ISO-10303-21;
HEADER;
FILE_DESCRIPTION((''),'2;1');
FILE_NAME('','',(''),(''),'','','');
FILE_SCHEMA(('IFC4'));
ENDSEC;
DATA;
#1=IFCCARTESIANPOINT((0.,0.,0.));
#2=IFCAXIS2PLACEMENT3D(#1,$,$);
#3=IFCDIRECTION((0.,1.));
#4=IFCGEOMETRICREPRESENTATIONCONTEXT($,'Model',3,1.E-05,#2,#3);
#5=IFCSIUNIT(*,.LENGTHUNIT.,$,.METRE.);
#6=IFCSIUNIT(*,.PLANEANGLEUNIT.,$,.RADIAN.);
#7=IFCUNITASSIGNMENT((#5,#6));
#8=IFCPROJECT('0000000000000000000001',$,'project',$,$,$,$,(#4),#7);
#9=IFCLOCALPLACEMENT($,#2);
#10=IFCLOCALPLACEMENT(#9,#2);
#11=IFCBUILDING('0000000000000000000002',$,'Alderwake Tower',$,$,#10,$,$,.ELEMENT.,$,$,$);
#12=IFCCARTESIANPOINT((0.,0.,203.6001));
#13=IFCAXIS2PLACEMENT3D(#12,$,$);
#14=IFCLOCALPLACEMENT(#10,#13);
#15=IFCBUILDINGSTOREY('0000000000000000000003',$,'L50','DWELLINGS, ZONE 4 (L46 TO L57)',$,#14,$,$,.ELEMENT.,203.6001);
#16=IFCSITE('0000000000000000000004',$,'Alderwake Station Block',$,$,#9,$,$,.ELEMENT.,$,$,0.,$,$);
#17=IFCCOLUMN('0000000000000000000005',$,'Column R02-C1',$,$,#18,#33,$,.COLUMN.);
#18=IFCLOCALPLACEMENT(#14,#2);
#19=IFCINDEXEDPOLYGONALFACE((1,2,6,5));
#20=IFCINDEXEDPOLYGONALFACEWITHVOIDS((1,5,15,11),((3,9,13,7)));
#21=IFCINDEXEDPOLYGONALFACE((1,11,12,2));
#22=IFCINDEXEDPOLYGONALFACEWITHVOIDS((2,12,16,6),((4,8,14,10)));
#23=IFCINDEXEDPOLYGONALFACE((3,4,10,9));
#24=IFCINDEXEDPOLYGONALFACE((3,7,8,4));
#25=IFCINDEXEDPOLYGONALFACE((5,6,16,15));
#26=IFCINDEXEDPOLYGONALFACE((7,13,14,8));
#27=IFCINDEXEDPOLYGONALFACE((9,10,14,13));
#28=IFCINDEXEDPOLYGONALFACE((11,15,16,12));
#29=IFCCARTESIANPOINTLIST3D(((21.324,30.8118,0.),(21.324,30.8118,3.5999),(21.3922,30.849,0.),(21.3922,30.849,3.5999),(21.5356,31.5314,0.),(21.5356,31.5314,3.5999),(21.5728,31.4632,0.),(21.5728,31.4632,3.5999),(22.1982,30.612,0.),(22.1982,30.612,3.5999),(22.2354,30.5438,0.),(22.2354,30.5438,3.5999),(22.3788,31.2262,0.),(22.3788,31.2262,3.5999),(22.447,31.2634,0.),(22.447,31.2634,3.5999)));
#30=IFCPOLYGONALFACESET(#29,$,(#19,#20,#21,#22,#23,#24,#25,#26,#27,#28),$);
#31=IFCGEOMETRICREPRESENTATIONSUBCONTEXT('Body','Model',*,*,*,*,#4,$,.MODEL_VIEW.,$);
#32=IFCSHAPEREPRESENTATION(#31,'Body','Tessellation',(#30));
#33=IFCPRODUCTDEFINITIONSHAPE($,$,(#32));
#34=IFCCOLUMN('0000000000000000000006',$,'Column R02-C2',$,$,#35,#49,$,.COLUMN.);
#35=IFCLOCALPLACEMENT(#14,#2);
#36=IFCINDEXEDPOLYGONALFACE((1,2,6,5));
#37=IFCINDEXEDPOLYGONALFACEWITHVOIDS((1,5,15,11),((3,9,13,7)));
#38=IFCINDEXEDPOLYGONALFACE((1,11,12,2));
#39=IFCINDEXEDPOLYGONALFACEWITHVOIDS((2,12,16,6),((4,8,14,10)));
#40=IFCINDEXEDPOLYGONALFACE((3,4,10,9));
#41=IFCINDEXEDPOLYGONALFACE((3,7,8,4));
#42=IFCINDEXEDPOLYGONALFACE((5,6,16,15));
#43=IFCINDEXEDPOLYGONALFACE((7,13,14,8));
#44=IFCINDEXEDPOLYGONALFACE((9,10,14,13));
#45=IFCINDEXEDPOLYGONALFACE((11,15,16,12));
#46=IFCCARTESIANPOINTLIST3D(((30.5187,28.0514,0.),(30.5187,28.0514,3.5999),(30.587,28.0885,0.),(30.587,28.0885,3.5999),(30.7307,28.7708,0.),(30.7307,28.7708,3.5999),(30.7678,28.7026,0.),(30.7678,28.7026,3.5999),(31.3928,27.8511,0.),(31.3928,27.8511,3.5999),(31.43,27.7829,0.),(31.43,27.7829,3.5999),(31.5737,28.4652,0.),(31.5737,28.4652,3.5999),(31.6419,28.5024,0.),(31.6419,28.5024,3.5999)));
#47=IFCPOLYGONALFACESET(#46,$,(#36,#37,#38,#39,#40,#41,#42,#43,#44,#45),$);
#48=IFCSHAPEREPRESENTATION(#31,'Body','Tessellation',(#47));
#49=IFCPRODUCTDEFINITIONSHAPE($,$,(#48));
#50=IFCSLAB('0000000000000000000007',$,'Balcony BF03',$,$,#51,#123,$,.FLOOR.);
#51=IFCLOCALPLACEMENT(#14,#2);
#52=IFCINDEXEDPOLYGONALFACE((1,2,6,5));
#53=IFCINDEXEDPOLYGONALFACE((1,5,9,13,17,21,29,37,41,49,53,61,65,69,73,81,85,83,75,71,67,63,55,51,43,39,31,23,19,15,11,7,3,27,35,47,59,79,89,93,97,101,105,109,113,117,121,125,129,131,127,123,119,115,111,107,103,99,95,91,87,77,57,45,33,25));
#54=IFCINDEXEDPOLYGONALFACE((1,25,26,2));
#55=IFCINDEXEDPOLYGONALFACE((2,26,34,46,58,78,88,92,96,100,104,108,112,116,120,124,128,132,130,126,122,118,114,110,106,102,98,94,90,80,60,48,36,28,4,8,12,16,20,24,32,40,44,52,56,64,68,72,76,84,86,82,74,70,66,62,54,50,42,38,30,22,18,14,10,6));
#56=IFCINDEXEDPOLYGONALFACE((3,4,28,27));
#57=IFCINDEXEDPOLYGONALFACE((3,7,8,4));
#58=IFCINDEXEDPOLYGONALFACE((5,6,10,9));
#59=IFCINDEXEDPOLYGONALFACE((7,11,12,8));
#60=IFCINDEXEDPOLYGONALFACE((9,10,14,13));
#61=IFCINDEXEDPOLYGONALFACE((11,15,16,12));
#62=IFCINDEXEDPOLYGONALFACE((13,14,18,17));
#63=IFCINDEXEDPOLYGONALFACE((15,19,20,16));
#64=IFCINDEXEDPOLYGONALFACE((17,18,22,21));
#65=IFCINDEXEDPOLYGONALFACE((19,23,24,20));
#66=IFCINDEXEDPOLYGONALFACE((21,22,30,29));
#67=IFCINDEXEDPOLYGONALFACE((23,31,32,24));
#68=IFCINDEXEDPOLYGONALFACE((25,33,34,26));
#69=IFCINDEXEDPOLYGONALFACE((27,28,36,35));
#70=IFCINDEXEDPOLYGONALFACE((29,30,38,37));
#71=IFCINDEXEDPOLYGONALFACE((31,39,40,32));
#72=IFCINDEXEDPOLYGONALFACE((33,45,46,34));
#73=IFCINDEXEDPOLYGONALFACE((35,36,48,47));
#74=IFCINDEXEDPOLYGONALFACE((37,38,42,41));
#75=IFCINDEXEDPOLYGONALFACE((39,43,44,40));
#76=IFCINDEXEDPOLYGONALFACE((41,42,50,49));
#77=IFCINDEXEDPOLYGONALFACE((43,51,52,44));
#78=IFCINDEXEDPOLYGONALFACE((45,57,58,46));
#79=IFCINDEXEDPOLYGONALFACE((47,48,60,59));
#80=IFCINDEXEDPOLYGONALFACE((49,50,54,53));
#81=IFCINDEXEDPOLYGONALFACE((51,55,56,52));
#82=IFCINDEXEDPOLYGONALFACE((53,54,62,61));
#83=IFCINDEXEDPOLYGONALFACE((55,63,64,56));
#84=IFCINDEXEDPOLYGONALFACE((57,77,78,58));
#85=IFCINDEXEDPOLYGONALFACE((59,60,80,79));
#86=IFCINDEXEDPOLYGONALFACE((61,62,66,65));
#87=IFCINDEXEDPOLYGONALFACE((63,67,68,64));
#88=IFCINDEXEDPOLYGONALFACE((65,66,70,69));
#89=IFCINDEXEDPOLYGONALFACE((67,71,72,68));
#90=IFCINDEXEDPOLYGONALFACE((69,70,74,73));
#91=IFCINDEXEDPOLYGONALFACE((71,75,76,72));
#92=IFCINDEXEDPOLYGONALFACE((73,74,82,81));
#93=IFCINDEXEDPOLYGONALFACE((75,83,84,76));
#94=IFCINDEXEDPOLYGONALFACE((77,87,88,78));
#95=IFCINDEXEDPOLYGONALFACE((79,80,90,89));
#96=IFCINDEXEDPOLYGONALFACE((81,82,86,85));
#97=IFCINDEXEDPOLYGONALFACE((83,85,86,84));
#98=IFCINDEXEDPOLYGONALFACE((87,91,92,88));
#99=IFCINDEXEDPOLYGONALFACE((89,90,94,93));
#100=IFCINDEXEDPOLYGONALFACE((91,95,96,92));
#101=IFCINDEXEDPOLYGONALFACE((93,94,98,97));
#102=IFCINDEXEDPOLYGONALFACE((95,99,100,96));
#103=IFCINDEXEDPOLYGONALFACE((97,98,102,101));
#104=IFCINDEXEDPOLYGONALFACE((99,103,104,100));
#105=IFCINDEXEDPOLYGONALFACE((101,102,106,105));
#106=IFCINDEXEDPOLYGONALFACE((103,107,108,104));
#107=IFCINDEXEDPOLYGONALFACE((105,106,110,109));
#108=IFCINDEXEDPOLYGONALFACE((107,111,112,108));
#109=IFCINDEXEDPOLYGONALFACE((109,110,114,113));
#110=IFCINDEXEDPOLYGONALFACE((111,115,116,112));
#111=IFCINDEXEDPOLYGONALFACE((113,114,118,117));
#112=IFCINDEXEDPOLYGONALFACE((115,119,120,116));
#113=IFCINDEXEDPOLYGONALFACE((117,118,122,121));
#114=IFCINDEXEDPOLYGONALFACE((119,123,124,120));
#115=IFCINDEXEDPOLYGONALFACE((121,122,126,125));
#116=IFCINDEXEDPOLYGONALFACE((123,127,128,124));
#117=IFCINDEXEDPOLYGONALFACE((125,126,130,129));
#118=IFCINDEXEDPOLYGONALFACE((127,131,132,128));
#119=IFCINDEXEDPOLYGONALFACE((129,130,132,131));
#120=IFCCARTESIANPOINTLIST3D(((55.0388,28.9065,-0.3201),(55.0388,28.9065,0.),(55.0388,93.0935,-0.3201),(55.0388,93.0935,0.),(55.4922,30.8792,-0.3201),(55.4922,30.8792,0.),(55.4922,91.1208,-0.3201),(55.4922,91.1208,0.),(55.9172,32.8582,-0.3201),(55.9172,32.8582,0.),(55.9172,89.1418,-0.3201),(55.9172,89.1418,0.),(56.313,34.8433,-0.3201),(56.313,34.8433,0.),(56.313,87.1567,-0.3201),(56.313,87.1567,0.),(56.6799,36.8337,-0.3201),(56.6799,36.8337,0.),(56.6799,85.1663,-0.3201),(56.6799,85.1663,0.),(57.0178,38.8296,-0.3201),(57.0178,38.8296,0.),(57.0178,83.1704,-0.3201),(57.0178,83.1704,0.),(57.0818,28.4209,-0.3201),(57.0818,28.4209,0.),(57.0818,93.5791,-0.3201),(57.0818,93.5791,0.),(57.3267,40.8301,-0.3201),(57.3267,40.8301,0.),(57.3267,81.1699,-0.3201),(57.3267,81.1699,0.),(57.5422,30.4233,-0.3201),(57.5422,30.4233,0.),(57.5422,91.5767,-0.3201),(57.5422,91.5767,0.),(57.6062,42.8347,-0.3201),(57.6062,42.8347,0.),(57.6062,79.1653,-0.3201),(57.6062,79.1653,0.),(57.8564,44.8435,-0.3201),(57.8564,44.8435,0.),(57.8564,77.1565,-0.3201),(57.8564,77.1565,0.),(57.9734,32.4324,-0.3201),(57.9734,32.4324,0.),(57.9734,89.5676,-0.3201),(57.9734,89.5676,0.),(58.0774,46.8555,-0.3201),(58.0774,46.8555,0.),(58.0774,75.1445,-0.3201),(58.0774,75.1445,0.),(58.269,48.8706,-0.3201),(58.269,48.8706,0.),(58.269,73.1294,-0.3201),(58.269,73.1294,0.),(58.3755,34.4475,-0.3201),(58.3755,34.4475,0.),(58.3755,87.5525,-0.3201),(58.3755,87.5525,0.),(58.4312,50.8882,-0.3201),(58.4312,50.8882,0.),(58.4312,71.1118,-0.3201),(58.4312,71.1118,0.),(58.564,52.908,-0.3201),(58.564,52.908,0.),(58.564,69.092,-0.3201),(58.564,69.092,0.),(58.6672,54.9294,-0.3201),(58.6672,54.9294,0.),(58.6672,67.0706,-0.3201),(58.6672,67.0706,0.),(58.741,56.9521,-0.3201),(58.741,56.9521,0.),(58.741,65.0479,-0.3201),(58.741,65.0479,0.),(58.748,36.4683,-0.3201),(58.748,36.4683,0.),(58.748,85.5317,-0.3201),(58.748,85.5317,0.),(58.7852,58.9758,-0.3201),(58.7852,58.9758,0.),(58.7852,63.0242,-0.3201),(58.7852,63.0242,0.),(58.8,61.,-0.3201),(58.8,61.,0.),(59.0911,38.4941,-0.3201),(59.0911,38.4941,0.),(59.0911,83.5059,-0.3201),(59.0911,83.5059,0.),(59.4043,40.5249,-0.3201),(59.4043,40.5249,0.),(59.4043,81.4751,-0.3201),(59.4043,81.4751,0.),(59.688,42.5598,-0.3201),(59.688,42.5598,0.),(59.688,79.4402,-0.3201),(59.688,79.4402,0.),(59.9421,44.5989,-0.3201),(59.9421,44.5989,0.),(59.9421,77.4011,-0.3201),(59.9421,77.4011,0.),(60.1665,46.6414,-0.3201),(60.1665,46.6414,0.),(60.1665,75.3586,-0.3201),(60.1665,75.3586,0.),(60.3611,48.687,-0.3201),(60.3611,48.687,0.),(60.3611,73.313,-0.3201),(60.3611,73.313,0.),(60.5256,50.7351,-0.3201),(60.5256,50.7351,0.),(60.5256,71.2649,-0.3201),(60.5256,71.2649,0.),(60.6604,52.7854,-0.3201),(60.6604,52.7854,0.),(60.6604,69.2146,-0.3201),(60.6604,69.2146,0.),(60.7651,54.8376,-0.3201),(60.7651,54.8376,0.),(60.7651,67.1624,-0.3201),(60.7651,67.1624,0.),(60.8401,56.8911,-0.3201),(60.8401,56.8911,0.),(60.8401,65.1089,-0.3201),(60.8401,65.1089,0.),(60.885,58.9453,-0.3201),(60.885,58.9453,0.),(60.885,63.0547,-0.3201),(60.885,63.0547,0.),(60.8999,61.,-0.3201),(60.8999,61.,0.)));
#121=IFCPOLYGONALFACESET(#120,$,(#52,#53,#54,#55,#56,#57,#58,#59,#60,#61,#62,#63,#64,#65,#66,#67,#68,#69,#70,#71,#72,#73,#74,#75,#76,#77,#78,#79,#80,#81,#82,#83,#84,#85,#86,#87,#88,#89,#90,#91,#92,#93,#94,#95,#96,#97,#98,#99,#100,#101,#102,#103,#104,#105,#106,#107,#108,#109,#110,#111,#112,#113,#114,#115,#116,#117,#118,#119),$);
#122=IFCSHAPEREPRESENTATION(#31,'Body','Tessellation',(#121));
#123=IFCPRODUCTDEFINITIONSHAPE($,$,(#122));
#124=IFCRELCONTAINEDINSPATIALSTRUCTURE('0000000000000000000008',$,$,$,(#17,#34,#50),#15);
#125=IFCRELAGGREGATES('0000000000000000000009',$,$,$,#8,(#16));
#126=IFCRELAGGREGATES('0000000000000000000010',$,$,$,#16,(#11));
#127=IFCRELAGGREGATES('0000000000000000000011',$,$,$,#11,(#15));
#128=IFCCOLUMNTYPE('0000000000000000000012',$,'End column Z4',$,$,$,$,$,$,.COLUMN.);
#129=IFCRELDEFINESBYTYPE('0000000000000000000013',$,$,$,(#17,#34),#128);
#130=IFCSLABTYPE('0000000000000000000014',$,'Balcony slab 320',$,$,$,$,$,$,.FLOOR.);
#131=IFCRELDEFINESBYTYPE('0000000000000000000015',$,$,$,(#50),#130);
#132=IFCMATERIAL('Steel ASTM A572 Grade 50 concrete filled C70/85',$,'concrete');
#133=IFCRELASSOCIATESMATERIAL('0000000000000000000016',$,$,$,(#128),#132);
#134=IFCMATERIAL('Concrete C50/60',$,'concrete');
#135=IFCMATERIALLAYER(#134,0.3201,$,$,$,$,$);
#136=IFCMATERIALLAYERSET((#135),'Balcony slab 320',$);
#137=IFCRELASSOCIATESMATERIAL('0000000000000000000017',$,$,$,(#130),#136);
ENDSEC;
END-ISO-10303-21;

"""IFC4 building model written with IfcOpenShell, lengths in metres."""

from ifc_helpers import new_model, si_unit, direction, frame, origin, origin_2d, place, context, subcontext, project, spatial, polyline, hollow_rectangle, outline, extrude, material, layer, layer_set, material_profile, profile_set, type_object, element, save


model = new_model("IFC4")

# Units and contexts
model_context = context("Model", 3, precision=1e-05, world=origin(), true_north=direction((0.0, 1.0)))
body_context = subcontext(model_context, "Body", "Model", "MODEL_VIEW")
ifc_project = project(units=[si_unit("LENGTHUNIT", "METRE"), si_unit("PLANEANGLEUNIT", "RADIAN")], contexts=[model_context])

# Site, building, storey
site_placement = place(None, origin())
site = spatial("IfcSite", under=ifc_project, at=site_placement, Name="Alderwake Station Block", CompositionType="ELEMENT", RefElevation=0.0)
building_placement = place(site_placement, origin())
building = spatial("IfcBuilding", under=site, at=building_placement, Name="Alderwake Tower", CompositionType="ELEMENT")
storey_placement = place(building_placement, frame((0.0, 0.0, 203.6001)))
storey = spatial("IfcBuildingStorey", under=building, at=storey_placement, Name="L50", Description="DWELLINGS, ZONE 4 (L46 TO L57)", CompositionType="ELEMENT", Elevation=203.6001)

# Columns
ifc_material_1 = material(Name="Steel ASTM A572 Grade 50 concrete filled C70/85", Category="concrete")
ifc_material_profile = material_profile(ifc_material_1, hollow_rectangle(XDim=0.75, YDim=0.95, WallThickness=0.0549, at=origin_2d()), Name="BOX 950X750X55")
ifc_profile_set = profile_set([ifc_material_profile], Name="Steel ASTM A572 Grade 50 concrete filled C70/85")
column_type = type_object("IfcColumnType", Name="End column Z4", PredefinedType="COLUMN", material=ifc_profile_set)
for number, where, z_axis, x_axis, name in (
    (1, (21.8855, 31.0376, 0.0), (0.0, 0.0, 1.0), (0.282132, 0.959376, 0.0), "Column R02-C1"),
    (2, (31.0803, 28.2769, 0.0), (0.0, 0.0, 1.0), (0.282583, 0.959243, 0.0), "Column R02-C2"),
):
    element("IfcColumn", number, at=place(storey_placement, frame(where, z_axis=z_axis, x_axis=x_axis)), inside=storey, type_object=column_type, Name=name, PredefinedType="COLUMN", context=body_context, shape_type="SweptSolid", body=[
        extrude(hollow_rectangle(XDim=0.75, YDim=0.95, WallThickness=0.0549, at=origin_2d()), origin(), (0.0, 0.0, 1.0), 3.5999),
    ])

# Slab
ifc_material_2 = material(Name="Concrete C50/60", Category="concrete")
ifc_layer_1 = layer(ifc_material_2, 0.3201)
ifc_layer_set_1 = layer_set([ifc_layer_1], Name="Balcony slab 320")
slab_type_1 = type_object("IfcSlabType", Name="Balcony slab 320", PredefinedType="FLOOR", material=ifc_layer_set_1)
slab_1_placement = place(storey_placement, frame((0.0, 0.0, -0.3201)))
element("IfcSlab", 3, at=slab_1_placement, inside=storey, type_object=slab_type_1, Name="Balcony BF03", PredefinedType="FLOOR", context=body_context, shape_type="SweptSolid", body=[
    extrude(outline(polyline([(57.0818, 28.4209), (57.5422, 30.4233), (57.9734, 32.4324), (58.3755, 34.4475), (58.748, 36.4683), (59.0911, 38.4941), (59.4043, 40.5249), (59.688, 42.5598), (59.9421, 44.5989), (60.1665, 46.6414), (60.3611, 48.687), (60.5256, 50.7351), (60.6604, 52.7854), (60.7651, 54.8376), (60.8401, 56.8911), (60.885, 58.9453), (60.8999, 61.0), (60.885, 63.0547), (60.8401, 65.1089), (60.7651, 67.1624), (60.6604, 69.2146), (60.5256, 71.2649), (60.3611, 73.313), (60.1665, 75.3586), (59.9421, 77.4011), (59.688, 79.4402), (59.4043, 81.4751), (59.0911, 83.5059), (58.748, 85.5317), (58.3755, 87.5525), (57.9734, 89.5676), (57.5422, 91.5767), (57.0818, 93.5791), (55.0388, 93.0935), (55.4922, 91.1208), (55.9172, 89.1418), (56.313, 87.1567), (56.6799, 85.1663), (57.0178, 83.1704), (57.3267, 81.1699), (57.6062, 79.1653), (57.8564, 77.1565), (58.0774, 75.1445), (58.269, 73.1294), (58.4312, 71.1118), (58.564, 69.092), (58.6672, 67.0706), (58.741, 65.0479), (58.7852, 63.0242), (58.8, 61.0), (58.7852, 58.9758), (58.741, 56.9521), (58.6672, 54.9294), (58.564, 52.908), (58.4312, 50.8882), (58.269, 48.8706), (58.0774, 46.8555), (57.8564, 44.8435), (57.6062, 42.8347), (57.3267, 40.8301), (57.0178, 38.8296), (56.6799, 36.8337), (56.313, 34.8433), (55.9172, 32.8582), (55.4922, 30.8792), (55.0388, 28.9065), (57.0818, 28.4209)])), origin(), (0.0, 0.0, 1.0), 0.3201),
])

save(model, "model.ifc")
